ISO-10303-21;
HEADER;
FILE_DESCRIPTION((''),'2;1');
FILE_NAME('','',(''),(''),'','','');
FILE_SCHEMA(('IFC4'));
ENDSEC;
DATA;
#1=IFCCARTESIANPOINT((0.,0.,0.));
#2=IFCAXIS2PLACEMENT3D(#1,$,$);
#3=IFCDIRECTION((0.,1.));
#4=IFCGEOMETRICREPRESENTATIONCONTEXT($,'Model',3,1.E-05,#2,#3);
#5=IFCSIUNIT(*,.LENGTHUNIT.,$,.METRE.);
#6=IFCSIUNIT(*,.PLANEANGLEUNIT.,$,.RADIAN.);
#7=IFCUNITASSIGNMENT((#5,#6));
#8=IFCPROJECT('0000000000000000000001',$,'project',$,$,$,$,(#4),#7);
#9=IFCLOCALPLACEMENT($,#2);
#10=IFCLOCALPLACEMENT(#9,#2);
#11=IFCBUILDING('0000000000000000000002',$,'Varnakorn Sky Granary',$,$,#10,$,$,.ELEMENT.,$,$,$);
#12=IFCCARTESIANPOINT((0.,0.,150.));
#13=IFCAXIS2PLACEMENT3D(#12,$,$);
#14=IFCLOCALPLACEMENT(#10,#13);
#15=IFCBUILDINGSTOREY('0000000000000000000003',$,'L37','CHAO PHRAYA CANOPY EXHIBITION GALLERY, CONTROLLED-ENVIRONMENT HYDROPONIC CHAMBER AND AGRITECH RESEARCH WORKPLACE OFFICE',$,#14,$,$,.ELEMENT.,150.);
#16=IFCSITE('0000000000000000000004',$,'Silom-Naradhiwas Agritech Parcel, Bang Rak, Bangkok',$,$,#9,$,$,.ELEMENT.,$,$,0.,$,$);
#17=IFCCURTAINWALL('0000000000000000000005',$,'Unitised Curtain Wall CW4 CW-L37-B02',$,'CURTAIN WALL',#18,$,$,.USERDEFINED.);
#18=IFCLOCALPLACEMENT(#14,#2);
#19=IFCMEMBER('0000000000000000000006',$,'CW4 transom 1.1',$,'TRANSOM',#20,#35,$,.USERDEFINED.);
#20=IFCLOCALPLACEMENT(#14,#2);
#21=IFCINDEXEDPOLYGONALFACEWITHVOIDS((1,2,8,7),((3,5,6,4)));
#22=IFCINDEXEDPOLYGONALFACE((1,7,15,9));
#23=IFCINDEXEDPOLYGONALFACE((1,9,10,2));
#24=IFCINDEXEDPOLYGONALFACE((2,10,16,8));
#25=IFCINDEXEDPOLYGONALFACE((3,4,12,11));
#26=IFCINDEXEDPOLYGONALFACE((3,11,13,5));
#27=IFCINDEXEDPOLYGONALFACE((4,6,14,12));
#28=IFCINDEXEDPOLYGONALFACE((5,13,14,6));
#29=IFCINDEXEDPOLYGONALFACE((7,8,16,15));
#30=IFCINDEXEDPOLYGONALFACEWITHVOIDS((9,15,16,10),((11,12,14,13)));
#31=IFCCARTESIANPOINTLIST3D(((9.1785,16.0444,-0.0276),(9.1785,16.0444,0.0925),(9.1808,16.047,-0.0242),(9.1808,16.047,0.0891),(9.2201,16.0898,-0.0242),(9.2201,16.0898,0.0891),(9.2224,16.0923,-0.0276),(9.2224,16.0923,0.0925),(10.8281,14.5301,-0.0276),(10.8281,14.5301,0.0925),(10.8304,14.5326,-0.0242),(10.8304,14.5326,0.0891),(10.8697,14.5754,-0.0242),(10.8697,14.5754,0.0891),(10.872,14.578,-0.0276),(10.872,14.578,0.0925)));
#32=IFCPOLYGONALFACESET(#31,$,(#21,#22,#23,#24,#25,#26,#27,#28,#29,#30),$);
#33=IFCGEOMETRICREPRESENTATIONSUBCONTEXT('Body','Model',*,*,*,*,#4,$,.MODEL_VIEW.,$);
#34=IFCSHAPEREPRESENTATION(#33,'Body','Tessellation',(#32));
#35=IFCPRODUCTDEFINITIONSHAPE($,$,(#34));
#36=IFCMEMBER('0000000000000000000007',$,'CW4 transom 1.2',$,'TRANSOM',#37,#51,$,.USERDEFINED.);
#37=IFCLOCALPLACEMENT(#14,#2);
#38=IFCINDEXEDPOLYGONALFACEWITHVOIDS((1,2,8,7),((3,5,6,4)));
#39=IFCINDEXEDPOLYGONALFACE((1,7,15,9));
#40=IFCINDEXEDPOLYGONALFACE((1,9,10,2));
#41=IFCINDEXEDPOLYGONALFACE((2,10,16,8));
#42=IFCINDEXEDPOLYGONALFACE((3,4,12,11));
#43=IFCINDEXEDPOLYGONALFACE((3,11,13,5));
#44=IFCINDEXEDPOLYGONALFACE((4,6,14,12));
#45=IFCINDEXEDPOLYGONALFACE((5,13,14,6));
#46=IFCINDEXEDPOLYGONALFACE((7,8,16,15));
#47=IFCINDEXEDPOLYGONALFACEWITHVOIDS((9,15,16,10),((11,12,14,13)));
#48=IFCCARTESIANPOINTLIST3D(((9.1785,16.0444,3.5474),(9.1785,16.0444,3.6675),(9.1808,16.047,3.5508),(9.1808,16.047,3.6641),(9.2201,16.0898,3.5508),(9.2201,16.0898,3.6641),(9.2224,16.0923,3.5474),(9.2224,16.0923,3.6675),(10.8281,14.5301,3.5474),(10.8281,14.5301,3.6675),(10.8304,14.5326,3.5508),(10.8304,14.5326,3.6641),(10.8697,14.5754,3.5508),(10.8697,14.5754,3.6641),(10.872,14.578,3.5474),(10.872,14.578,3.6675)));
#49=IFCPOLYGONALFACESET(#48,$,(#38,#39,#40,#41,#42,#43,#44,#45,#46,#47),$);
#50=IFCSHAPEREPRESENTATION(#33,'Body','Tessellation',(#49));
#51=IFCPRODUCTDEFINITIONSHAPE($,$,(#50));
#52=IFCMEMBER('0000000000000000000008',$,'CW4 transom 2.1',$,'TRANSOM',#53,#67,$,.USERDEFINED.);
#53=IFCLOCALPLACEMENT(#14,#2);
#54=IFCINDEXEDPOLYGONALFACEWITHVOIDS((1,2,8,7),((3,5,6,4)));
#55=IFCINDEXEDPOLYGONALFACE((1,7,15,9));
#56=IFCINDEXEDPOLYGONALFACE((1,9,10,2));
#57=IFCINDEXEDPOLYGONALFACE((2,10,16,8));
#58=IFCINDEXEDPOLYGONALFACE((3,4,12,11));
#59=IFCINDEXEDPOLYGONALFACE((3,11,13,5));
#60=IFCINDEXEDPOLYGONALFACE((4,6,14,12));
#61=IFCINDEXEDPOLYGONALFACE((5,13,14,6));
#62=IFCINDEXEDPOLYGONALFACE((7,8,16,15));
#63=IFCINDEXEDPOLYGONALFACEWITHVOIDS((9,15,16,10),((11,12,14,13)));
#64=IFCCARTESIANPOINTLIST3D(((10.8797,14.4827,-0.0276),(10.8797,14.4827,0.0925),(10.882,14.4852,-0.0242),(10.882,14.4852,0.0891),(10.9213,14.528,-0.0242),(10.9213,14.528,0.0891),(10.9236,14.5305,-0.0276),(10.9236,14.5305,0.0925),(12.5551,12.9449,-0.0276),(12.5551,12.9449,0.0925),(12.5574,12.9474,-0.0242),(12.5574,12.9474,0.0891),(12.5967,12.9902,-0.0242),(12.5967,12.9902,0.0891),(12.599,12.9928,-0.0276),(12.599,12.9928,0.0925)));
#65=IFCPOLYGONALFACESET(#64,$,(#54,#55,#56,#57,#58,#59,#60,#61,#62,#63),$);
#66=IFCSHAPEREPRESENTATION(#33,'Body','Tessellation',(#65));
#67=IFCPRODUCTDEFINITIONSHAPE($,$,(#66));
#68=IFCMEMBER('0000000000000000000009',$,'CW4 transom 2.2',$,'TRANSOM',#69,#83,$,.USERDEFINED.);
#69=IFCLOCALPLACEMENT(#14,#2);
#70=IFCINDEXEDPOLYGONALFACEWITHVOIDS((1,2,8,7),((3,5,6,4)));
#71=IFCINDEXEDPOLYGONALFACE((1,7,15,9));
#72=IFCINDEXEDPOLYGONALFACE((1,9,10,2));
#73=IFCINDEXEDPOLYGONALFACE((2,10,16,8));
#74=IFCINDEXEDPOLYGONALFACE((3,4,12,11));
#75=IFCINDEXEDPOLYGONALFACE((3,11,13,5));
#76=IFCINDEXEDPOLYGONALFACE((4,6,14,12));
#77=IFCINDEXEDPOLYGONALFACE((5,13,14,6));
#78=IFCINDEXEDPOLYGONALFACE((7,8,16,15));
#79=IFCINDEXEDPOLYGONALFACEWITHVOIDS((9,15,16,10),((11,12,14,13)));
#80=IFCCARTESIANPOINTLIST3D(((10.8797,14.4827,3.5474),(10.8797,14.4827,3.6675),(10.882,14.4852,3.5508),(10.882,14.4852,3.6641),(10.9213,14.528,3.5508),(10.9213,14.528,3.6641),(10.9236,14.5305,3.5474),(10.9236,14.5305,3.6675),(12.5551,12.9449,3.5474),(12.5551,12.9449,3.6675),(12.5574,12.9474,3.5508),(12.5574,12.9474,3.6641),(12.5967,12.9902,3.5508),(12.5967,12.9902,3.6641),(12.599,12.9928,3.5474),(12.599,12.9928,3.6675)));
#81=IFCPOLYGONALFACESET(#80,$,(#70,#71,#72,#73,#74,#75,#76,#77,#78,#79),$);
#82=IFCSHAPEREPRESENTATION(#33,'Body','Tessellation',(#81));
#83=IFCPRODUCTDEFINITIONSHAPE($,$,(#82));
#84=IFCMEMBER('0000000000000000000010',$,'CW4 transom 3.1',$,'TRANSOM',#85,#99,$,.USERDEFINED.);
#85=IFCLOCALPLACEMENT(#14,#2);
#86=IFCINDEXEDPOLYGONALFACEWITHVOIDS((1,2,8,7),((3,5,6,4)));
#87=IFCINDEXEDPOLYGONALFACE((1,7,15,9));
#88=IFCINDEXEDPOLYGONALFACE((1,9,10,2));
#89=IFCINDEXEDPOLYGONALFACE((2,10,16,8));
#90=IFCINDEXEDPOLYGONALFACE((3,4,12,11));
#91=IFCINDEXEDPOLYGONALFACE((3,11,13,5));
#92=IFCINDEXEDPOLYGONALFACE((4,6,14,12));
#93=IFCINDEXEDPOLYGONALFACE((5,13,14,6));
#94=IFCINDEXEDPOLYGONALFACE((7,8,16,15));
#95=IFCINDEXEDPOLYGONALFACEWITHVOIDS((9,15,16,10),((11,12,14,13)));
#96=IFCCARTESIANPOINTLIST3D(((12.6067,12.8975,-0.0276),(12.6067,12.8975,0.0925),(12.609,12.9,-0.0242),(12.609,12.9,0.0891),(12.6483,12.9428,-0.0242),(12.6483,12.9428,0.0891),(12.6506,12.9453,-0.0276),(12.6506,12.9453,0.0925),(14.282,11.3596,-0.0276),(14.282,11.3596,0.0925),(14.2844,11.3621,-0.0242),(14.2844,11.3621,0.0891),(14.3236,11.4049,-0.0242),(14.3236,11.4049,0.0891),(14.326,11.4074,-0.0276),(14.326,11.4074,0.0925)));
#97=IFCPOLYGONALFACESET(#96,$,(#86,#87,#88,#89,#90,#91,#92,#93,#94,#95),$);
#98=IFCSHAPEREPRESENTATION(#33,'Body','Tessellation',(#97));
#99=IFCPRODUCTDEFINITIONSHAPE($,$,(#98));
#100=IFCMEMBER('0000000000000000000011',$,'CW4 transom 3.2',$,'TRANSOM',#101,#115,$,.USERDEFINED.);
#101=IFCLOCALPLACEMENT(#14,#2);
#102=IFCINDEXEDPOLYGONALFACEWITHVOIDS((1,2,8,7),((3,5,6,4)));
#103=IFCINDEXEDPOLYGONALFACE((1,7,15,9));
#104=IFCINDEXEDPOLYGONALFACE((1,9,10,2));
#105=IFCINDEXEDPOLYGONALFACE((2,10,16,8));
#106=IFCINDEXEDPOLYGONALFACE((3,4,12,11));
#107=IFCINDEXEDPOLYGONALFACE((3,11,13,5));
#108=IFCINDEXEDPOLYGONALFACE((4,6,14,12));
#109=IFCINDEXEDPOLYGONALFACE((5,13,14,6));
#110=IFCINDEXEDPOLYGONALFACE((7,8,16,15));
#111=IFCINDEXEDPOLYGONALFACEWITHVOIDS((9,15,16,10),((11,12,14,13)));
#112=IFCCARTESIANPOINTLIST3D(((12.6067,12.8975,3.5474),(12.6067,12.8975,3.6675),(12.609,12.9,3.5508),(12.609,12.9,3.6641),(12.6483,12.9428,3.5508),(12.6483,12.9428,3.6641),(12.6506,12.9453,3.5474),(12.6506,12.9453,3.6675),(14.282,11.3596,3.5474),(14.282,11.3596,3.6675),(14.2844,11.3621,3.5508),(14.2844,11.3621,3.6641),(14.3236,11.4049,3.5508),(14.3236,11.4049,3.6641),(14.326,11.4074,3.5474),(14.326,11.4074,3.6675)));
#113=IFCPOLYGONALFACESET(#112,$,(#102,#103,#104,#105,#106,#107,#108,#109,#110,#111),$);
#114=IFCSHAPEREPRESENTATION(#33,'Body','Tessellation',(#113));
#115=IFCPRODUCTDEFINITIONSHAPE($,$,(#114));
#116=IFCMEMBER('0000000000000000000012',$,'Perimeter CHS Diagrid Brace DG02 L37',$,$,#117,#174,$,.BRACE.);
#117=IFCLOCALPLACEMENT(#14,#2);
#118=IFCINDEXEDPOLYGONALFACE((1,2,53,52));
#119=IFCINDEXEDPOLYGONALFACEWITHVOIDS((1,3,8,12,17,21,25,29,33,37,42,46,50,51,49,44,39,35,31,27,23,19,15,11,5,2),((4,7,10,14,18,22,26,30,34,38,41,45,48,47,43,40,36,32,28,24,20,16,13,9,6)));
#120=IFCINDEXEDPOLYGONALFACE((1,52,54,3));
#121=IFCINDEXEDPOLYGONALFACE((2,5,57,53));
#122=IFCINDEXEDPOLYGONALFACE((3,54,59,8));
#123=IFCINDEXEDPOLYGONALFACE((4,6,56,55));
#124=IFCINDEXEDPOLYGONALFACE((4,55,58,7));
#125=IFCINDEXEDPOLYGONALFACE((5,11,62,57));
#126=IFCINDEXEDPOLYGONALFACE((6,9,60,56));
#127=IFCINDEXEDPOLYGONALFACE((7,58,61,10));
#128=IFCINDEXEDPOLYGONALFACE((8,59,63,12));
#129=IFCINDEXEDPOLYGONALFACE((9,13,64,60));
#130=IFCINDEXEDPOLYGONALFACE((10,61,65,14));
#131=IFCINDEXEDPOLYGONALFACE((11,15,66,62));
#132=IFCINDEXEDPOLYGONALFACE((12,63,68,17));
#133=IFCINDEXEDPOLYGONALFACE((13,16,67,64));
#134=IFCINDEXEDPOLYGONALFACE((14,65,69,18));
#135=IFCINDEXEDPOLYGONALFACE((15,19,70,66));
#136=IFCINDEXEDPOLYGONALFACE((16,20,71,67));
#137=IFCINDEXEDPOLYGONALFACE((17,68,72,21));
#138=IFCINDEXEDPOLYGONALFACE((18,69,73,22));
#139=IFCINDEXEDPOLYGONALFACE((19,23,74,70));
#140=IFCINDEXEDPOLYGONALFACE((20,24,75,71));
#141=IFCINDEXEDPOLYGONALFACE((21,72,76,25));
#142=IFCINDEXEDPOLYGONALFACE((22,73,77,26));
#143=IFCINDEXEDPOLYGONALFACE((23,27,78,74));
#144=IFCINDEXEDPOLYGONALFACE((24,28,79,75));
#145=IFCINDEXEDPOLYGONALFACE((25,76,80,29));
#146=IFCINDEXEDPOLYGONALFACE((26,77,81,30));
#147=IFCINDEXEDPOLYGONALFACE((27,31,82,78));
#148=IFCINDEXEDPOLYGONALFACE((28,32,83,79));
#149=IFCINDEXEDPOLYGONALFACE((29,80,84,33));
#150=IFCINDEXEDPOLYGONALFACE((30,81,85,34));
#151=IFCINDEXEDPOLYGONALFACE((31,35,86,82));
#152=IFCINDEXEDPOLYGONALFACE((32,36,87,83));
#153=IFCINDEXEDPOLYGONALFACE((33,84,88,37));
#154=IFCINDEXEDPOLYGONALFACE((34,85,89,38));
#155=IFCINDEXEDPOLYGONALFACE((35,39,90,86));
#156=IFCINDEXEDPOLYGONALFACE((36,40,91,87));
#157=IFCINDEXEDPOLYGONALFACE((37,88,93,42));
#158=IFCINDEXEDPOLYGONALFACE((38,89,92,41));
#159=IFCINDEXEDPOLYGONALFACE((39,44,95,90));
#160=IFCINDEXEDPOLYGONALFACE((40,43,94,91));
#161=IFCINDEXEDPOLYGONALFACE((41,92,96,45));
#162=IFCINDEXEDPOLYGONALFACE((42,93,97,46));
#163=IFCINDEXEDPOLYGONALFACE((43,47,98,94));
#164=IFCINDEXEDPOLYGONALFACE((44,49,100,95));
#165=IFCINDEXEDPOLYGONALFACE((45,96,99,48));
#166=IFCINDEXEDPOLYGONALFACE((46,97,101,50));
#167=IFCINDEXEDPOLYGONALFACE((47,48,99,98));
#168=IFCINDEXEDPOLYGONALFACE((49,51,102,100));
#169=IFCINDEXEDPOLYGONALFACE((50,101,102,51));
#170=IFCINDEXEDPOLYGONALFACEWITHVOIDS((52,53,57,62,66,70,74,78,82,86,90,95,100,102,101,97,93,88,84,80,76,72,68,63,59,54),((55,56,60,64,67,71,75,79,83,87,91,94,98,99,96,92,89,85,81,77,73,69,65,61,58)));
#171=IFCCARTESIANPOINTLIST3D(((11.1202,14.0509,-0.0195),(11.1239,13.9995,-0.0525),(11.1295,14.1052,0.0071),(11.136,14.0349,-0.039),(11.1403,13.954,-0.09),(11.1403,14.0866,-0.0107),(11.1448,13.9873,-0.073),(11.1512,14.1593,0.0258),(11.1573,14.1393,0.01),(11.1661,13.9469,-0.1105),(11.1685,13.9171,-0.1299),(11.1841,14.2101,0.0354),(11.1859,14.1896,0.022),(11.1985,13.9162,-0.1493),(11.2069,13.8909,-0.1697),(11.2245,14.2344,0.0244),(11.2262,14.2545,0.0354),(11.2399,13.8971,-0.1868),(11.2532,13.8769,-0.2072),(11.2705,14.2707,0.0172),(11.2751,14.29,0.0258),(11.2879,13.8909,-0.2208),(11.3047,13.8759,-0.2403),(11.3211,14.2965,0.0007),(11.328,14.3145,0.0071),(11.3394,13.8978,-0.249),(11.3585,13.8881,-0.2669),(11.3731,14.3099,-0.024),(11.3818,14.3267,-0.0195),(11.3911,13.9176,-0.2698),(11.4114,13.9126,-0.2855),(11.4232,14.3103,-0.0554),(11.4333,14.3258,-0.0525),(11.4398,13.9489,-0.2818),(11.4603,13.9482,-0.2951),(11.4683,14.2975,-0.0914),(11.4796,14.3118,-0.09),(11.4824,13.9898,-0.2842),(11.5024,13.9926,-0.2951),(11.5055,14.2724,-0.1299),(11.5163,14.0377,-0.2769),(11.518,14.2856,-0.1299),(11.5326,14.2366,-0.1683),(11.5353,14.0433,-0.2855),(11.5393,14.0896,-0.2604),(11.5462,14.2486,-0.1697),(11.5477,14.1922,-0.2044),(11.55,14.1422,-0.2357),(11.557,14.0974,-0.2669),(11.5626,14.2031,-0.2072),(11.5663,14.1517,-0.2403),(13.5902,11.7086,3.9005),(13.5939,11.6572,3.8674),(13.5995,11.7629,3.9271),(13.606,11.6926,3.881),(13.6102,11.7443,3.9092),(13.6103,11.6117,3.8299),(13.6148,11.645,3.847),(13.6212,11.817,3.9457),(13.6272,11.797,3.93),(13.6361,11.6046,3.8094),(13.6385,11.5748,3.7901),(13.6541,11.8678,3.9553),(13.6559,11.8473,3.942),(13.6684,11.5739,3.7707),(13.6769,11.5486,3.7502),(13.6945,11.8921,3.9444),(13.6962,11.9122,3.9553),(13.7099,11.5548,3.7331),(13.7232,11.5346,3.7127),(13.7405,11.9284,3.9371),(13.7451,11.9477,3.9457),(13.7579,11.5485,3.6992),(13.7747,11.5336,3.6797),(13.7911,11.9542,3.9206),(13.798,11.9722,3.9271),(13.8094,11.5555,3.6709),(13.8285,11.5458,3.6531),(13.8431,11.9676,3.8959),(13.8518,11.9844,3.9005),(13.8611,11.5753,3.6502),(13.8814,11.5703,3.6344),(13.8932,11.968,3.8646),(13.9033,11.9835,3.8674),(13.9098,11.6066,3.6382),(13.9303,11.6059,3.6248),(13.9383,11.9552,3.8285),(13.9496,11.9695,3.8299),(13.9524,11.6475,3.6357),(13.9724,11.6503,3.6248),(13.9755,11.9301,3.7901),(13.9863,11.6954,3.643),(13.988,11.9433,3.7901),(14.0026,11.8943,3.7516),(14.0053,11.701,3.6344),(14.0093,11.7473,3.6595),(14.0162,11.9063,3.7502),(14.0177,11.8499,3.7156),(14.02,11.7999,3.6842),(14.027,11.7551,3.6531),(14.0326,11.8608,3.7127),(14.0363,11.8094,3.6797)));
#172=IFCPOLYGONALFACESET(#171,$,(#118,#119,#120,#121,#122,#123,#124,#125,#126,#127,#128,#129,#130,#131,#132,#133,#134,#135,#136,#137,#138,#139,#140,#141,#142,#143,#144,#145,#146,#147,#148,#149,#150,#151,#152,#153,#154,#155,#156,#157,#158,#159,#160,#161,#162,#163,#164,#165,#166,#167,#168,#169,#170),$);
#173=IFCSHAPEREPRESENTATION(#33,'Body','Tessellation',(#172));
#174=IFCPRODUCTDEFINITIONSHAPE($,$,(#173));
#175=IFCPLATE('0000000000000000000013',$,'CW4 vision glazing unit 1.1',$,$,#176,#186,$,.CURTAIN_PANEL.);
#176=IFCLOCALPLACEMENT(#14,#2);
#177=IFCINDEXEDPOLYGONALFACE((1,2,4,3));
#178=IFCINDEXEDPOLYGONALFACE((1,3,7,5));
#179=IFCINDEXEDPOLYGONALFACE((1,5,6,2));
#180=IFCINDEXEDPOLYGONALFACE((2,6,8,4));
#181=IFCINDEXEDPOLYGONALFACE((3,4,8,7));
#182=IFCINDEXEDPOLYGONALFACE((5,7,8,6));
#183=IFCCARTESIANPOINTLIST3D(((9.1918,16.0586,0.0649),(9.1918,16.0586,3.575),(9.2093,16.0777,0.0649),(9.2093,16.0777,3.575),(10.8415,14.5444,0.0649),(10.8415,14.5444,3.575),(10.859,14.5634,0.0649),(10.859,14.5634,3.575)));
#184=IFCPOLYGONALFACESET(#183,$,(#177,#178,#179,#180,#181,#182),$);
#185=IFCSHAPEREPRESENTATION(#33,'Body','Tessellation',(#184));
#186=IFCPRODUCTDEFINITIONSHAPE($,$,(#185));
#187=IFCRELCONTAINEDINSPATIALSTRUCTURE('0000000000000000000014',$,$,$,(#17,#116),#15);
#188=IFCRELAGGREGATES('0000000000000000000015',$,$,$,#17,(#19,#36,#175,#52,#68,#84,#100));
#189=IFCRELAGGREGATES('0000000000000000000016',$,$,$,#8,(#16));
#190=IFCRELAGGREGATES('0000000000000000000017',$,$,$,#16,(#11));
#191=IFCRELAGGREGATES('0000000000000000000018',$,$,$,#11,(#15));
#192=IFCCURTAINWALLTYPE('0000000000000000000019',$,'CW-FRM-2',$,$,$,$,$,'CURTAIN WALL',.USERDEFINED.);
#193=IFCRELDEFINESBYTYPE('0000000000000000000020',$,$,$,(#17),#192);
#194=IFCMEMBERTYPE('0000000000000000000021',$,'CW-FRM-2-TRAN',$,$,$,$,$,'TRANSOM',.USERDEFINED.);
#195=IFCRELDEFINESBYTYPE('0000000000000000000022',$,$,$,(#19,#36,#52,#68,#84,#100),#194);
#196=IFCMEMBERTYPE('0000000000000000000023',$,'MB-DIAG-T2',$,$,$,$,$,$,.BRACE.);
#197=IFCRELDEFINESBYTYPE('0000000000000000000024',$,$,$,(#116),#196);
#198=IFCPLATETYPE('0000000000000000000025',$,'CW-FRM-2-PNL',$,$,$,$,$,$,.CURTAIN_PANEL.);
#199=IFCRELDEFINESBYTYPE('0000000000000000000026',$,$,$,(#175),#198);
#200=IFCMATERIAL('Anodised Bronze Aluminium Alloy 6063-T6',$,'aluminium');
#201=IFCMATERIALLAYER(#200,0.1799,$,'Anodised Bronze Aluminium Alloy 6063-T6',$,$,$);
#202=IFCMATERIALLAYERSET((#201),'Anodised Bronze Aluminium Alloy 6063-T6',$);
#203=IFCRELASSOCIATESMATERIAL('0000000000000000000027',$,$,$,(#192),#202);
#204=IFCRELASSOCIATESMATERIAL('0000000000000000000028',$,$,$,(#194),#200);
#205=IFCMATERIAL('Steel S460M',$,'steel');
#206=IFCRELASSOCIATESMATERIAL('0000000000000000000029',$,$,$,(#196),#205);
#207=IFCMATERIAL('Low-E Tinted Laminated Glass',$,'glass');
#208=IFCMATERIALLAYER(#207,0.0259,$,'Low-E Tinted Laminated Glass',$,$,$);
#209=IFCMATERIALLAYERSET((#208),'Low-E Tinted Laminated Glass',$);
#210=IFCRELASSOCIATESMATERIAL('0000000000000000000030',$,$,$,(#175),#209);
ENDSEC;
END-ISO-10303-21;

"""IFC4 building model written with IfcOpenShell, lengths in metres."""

from ifc_helpers import new_model, si_unit, direction, frame, origin, origin_2d, place, context, subcontext, project, spatial, rectangle, hollow_rectangle, hollow_circle, extrude, source, transform, mapped, material, layer, layer_set, material_profile, profile_set, type_object, element, aggregate, save


model = new_model("IFC4")

# Units and contexts
model_context = context("Model", 3, precision=1e-05, world=origin(), true_north=direction((0.0, 1.0)))
body_context = subcontext(model_context, "Body", "Model", "MODEL_VIEW")
ifc_project = project(units=[si_unit("LENGTHUNIT", "METRE"), si_unit("PLANEANGLEUNIT", "RADIAN")], contexts=[model_context])

# Site, building, storey
site_placement = place(None, origin())
site = spatial("IfcSite", under=ifc_project, at=site_placement, Name="Silom-Naradhiwas Agritech Parcel, Bang Rak, Bangkok", CompositionType="ELEMENT", RefElevation=0.0)
building_placement = place(site_placement, origin())
building = spatial("IfcBuilding", under=site, at=building_placement, Name="Varnakorn Sky Granary", CompositionType="ELEMENT")
storey_placement = place(building_placement, frame((0.0, 0.0, 150.0)))
storey = spatial("IfcBuildingStorey", under=building, at=storey_placement, Name="L37", Description="CHAO PHRAYA CANOPY EXHIBITION GALLERY, CONTROLLED-ENVIRONMENT HYDROPONIC CHAMBER AND AGRITECH RESEARCH WORKPLACE OFFICE", CompositionType="ELEMENT", Elevation=150.0)

# Shared definitions
ifc_material_1 = material(Name="Steel S460M", Category="steel")

# Curtain wall, members
ifc_material_2 = material(Name="Anodised Bronze Aluminium Alloy 6063-T6", Category="aluminium")
ifc_layer_1 = layer(ifc_material_2, 0.1799, Name="Anodised Bronze Aluminium Alloy 6063-T6")
ifc_layer_set_1 = layer_set([ifc_layer_1], Name="Anodised Bronze Aluminium Alloy 6063-T6")
curtain_wall_type = type_object("IfcCurtainWallType", Name="CW-FRM-2", ElementType="CURTAIN WALL", PredefinedType="USERDEFINED", material=ifc_layer_set_1)
curtain_wall_placement = place(storey_placement, origin())
curtain_wall = element("IfcCurtainWall", 1, at=curtain_wall_placement, inside=storey, type_object=curtain_wall_type, Name="Unitised Curtain Wall CW4 CW-L37-B02", ObjectType="CURTAIN WALL", PredefinedType="USERDEFINED")
ifc_material_profile_1 = material_profile(ifc_material_2, hollow_rectangle(XDim=0.0649, YDim=0.1201, WallThickness=0.0034, at=origin_2d()), Name="ALU TRAN 65x120")
ifc_profile_set_1 = profile_set([ifc_material_profile_1], Name="Anodised Bronze Aluminium Alloy 6063-T6")
member_type_1 = type_object("IfcMemberType", Name="CW-FRM-2-TRAN", ElementType="TRANSOM", PredefinedType="USERDEFINED", material=ifc_profile_set_1)
member_1_placement = place(storey_placement, frame((9.2004, 16.0684, 0.0325), z_axis=(0.736661, -0.676263, 0.0), x_axis=(0.676263, 0.736661, 0.0)))
member_1 = element("IfcMember", 2, at=member_1_placement, type_object=member_type_1, Name="CW4 transom 1.1", ObjectType="TRANSOM", PredefinedType="USERDEFINED", context=body_context, shape_type="SweptSolid", body=[
    extrude(hollow_rectangle(XDim=0.0649, YDim=0.1201, WallThickness=0.0034, at=origin_2d()), origin(), (0.0, 0.0, 1.0), 2.2393),
])
member_2_placement = place(storey_placement, frame((9.2004, 16.0684, 3.6074), z_axis=(0.736661, -0.676263, 0.0), x_axis=(0.676263, 0.736661, 0.0)))
member_2 = element("IfcMember", 3, at=member_2_placement, type_object=member_type_1, Name="CW4 transom 1.2", ObjectType="TRANSOM", PredefinedType="USERDEFINED", context=body_context, shape_type="SweptSolid", body=[
    extrude(hollow_rectangle(XDim=0.0649, YDim=0.1201, WallThickness=0.0034, at=origin_2d()), origin(), (0.0, 0.0, 1.0), 2.2393),
])
member_3_placement = place(storey_placement, frame((10.9016, 14.5066, 0.0325), z_axis=(0.736731, -0.676186, 0.0), x_axis=(0.676186, 0.736731, 0.0)))
member_3 = element("IfcMember", 4, at=member_3_placement, type_object=member_type_1, Name="CW4 transom 2.1", ObjectType="TRANSOM", PredefinedType="USERDEFINED", context=body_context, shape_type="SweptSolid", body=[
    extrude(hollow_rectangle(XDim=0.0649, YDim=0.1201, WallThickness=0.0034, at=origin_2d()), origin(), (0.0, 0.0, 1.0), 2.2742),
])
member_4_placement = place(storey_placement, frame((10.9016, 14.5066, 3.6074), z_axis=(0.736731, -0.676186, 0.0), x_axis=(0.676186, 0.736731, 0.0)))
member_4 = element("IfcMember", 5, at=member_4_placement, type_object=member_type_1, Name="CW4 transom 2.2", ObjectType="TRANSOM", PredefinedType="USERDEFINED", context=body_context, shape_type="SweptSolid", body=[
    extrude(hollow_rectangle(XDim=0.0649, YDim=0.1201, WallThickness=0.0034, at=origin_2d()), origin(), (0.0, 0.0, 1.0), 2.2742),
])
member_5_placement = place(storey_placement, frame((12.6287, 12.9214, 0.0325), z_axis=(0.736682, -0.67624, 0.0), x_axis=(0.67624, 0.736682, 0.0)))
member_5 = element("IfcMember", 6, at=member_5_placement, type_object=member_type_1, Name="CW4 transom 3.1", ObjectType="TRANSOM", PredefinedType="USERDEFINED", context=body_context, shape_type="SweptSolid", body=[
    extrude(hollow_rectangle(XDim=0.0649, YDim=0.1201, WallThickness=0.0034, at=origin_2d()), origin(), (0.0, 0.0, 1.0), 2.2742),
])
member_6_placement = place(storey_placement, frame((12.6287, 12.9214, 3.6074), z_axis=(0.736682, -0.67624, 0.0), x_axis=(0.67624, 0.736682, 0.0)))
member_6 = element("IfcMember", 7, at=member_6_placement, type_object=member_type_1, Name="CW4 transom 3.2", ObjectType="TRANSOM", PredefinedType="USERDEFINED", context=body_context, shape_type="SweptSolid", body=[
    extrude(hollow_rectangle(XDim=0.0649, YDim=0.1201, WallThickness=0.0034, at=origin_2d()), origin(), (0.0, 0.0, 1.0), 2.2742),
])

# Member
ifc_material_profile_2 = material_profile(ifc_material_1, hollow_circle(Radius=0.2539, WallThickness=0.0181, at=origin_2d()), Name="CHS 508x18")
ifc_profile_set_2 = profile_set([ifc_material_profile_2], Name="Steel S460M")
member_type_2 = type_object("IfcMemberType", Name="MB-DIAG-T2", PredefinedType="BRACE", material=ifc_profile_set_2)
member_7_placement = place(storey_placement, frame((11.3433, 14.1013, -0.1299), z_axis=(0.475762, -0.451167, 0.755049), x_axis=(0.688103, 0.725613, 0.0)))
element("IfcMember", 8, at=member_7_placement, inside=storey, type_object=member_type_2, Name="Perimeter CHS Diagrid Brace DG02 L37", PredefinedType="BRACE", context=body_context, shape_type="SweptSolid", body=[
    extrude(hollow_circle(Radius=0.2539, WallThickness=0.0181, at=origin_2d()), origin(), (0.0, 0.0, 1.0), 5.1917),
])

# Plate
ifc_material_3 = material(Name="Low-E Tinted Laminated Glass", Category="glass")
ifc_layer_2 = layer(ifc_material_3, 0.0259, Name="Low-E Tinted Laminated Glass")
ifc_layer_set_2 = layer_set([ifc_layer_2], Name="Low-E Tinted Laminated Glass")
plate_type = type_object("IfcPlateType", Name="CW-FRM-2-PNL", PredefinedType="CURTAIN_PANEL")
shared_shape_1 = source(origin(), body_context, "Body", "SweptSolid", [
    extrude(rectangle(XDim=2.2393, YDim=0.0259, at=origin_2d()), origin(), (0.0, 0.0, 1.0), 3.51),
])
plate_1_placement = place(storey_placement, frame((10.0254, 15.311, 0.0649), z_axis=(0.0, 0.0, 1.0), x_axis=(0.736694, -0.676226, 0.0)))
plate_1 = element("IfcPlate", 9, at=plate_1_placement, type_object=plate_type, material=ifc_layer_set_2, Name="CW4 vision glazing unit 1.1", PredefinedType="CURTAIN_PANEL", context=body_context, shape_type="MappedRepresentation", body=[
    mapped(shared_shape_1, transform((0.0, 0.0, 0.0), x_axis=(1.0, 0.0, 0.0), y_axis=(0.0, 1.0, 0.0), z_axis=(0.0, 0.0, 1.0), scale=1.0)),
])
aggregate(curtain_wall, [member_1, member_2, plate_1, member_3, member_4, member_5, member_6])

save(model, "model.ifc")
